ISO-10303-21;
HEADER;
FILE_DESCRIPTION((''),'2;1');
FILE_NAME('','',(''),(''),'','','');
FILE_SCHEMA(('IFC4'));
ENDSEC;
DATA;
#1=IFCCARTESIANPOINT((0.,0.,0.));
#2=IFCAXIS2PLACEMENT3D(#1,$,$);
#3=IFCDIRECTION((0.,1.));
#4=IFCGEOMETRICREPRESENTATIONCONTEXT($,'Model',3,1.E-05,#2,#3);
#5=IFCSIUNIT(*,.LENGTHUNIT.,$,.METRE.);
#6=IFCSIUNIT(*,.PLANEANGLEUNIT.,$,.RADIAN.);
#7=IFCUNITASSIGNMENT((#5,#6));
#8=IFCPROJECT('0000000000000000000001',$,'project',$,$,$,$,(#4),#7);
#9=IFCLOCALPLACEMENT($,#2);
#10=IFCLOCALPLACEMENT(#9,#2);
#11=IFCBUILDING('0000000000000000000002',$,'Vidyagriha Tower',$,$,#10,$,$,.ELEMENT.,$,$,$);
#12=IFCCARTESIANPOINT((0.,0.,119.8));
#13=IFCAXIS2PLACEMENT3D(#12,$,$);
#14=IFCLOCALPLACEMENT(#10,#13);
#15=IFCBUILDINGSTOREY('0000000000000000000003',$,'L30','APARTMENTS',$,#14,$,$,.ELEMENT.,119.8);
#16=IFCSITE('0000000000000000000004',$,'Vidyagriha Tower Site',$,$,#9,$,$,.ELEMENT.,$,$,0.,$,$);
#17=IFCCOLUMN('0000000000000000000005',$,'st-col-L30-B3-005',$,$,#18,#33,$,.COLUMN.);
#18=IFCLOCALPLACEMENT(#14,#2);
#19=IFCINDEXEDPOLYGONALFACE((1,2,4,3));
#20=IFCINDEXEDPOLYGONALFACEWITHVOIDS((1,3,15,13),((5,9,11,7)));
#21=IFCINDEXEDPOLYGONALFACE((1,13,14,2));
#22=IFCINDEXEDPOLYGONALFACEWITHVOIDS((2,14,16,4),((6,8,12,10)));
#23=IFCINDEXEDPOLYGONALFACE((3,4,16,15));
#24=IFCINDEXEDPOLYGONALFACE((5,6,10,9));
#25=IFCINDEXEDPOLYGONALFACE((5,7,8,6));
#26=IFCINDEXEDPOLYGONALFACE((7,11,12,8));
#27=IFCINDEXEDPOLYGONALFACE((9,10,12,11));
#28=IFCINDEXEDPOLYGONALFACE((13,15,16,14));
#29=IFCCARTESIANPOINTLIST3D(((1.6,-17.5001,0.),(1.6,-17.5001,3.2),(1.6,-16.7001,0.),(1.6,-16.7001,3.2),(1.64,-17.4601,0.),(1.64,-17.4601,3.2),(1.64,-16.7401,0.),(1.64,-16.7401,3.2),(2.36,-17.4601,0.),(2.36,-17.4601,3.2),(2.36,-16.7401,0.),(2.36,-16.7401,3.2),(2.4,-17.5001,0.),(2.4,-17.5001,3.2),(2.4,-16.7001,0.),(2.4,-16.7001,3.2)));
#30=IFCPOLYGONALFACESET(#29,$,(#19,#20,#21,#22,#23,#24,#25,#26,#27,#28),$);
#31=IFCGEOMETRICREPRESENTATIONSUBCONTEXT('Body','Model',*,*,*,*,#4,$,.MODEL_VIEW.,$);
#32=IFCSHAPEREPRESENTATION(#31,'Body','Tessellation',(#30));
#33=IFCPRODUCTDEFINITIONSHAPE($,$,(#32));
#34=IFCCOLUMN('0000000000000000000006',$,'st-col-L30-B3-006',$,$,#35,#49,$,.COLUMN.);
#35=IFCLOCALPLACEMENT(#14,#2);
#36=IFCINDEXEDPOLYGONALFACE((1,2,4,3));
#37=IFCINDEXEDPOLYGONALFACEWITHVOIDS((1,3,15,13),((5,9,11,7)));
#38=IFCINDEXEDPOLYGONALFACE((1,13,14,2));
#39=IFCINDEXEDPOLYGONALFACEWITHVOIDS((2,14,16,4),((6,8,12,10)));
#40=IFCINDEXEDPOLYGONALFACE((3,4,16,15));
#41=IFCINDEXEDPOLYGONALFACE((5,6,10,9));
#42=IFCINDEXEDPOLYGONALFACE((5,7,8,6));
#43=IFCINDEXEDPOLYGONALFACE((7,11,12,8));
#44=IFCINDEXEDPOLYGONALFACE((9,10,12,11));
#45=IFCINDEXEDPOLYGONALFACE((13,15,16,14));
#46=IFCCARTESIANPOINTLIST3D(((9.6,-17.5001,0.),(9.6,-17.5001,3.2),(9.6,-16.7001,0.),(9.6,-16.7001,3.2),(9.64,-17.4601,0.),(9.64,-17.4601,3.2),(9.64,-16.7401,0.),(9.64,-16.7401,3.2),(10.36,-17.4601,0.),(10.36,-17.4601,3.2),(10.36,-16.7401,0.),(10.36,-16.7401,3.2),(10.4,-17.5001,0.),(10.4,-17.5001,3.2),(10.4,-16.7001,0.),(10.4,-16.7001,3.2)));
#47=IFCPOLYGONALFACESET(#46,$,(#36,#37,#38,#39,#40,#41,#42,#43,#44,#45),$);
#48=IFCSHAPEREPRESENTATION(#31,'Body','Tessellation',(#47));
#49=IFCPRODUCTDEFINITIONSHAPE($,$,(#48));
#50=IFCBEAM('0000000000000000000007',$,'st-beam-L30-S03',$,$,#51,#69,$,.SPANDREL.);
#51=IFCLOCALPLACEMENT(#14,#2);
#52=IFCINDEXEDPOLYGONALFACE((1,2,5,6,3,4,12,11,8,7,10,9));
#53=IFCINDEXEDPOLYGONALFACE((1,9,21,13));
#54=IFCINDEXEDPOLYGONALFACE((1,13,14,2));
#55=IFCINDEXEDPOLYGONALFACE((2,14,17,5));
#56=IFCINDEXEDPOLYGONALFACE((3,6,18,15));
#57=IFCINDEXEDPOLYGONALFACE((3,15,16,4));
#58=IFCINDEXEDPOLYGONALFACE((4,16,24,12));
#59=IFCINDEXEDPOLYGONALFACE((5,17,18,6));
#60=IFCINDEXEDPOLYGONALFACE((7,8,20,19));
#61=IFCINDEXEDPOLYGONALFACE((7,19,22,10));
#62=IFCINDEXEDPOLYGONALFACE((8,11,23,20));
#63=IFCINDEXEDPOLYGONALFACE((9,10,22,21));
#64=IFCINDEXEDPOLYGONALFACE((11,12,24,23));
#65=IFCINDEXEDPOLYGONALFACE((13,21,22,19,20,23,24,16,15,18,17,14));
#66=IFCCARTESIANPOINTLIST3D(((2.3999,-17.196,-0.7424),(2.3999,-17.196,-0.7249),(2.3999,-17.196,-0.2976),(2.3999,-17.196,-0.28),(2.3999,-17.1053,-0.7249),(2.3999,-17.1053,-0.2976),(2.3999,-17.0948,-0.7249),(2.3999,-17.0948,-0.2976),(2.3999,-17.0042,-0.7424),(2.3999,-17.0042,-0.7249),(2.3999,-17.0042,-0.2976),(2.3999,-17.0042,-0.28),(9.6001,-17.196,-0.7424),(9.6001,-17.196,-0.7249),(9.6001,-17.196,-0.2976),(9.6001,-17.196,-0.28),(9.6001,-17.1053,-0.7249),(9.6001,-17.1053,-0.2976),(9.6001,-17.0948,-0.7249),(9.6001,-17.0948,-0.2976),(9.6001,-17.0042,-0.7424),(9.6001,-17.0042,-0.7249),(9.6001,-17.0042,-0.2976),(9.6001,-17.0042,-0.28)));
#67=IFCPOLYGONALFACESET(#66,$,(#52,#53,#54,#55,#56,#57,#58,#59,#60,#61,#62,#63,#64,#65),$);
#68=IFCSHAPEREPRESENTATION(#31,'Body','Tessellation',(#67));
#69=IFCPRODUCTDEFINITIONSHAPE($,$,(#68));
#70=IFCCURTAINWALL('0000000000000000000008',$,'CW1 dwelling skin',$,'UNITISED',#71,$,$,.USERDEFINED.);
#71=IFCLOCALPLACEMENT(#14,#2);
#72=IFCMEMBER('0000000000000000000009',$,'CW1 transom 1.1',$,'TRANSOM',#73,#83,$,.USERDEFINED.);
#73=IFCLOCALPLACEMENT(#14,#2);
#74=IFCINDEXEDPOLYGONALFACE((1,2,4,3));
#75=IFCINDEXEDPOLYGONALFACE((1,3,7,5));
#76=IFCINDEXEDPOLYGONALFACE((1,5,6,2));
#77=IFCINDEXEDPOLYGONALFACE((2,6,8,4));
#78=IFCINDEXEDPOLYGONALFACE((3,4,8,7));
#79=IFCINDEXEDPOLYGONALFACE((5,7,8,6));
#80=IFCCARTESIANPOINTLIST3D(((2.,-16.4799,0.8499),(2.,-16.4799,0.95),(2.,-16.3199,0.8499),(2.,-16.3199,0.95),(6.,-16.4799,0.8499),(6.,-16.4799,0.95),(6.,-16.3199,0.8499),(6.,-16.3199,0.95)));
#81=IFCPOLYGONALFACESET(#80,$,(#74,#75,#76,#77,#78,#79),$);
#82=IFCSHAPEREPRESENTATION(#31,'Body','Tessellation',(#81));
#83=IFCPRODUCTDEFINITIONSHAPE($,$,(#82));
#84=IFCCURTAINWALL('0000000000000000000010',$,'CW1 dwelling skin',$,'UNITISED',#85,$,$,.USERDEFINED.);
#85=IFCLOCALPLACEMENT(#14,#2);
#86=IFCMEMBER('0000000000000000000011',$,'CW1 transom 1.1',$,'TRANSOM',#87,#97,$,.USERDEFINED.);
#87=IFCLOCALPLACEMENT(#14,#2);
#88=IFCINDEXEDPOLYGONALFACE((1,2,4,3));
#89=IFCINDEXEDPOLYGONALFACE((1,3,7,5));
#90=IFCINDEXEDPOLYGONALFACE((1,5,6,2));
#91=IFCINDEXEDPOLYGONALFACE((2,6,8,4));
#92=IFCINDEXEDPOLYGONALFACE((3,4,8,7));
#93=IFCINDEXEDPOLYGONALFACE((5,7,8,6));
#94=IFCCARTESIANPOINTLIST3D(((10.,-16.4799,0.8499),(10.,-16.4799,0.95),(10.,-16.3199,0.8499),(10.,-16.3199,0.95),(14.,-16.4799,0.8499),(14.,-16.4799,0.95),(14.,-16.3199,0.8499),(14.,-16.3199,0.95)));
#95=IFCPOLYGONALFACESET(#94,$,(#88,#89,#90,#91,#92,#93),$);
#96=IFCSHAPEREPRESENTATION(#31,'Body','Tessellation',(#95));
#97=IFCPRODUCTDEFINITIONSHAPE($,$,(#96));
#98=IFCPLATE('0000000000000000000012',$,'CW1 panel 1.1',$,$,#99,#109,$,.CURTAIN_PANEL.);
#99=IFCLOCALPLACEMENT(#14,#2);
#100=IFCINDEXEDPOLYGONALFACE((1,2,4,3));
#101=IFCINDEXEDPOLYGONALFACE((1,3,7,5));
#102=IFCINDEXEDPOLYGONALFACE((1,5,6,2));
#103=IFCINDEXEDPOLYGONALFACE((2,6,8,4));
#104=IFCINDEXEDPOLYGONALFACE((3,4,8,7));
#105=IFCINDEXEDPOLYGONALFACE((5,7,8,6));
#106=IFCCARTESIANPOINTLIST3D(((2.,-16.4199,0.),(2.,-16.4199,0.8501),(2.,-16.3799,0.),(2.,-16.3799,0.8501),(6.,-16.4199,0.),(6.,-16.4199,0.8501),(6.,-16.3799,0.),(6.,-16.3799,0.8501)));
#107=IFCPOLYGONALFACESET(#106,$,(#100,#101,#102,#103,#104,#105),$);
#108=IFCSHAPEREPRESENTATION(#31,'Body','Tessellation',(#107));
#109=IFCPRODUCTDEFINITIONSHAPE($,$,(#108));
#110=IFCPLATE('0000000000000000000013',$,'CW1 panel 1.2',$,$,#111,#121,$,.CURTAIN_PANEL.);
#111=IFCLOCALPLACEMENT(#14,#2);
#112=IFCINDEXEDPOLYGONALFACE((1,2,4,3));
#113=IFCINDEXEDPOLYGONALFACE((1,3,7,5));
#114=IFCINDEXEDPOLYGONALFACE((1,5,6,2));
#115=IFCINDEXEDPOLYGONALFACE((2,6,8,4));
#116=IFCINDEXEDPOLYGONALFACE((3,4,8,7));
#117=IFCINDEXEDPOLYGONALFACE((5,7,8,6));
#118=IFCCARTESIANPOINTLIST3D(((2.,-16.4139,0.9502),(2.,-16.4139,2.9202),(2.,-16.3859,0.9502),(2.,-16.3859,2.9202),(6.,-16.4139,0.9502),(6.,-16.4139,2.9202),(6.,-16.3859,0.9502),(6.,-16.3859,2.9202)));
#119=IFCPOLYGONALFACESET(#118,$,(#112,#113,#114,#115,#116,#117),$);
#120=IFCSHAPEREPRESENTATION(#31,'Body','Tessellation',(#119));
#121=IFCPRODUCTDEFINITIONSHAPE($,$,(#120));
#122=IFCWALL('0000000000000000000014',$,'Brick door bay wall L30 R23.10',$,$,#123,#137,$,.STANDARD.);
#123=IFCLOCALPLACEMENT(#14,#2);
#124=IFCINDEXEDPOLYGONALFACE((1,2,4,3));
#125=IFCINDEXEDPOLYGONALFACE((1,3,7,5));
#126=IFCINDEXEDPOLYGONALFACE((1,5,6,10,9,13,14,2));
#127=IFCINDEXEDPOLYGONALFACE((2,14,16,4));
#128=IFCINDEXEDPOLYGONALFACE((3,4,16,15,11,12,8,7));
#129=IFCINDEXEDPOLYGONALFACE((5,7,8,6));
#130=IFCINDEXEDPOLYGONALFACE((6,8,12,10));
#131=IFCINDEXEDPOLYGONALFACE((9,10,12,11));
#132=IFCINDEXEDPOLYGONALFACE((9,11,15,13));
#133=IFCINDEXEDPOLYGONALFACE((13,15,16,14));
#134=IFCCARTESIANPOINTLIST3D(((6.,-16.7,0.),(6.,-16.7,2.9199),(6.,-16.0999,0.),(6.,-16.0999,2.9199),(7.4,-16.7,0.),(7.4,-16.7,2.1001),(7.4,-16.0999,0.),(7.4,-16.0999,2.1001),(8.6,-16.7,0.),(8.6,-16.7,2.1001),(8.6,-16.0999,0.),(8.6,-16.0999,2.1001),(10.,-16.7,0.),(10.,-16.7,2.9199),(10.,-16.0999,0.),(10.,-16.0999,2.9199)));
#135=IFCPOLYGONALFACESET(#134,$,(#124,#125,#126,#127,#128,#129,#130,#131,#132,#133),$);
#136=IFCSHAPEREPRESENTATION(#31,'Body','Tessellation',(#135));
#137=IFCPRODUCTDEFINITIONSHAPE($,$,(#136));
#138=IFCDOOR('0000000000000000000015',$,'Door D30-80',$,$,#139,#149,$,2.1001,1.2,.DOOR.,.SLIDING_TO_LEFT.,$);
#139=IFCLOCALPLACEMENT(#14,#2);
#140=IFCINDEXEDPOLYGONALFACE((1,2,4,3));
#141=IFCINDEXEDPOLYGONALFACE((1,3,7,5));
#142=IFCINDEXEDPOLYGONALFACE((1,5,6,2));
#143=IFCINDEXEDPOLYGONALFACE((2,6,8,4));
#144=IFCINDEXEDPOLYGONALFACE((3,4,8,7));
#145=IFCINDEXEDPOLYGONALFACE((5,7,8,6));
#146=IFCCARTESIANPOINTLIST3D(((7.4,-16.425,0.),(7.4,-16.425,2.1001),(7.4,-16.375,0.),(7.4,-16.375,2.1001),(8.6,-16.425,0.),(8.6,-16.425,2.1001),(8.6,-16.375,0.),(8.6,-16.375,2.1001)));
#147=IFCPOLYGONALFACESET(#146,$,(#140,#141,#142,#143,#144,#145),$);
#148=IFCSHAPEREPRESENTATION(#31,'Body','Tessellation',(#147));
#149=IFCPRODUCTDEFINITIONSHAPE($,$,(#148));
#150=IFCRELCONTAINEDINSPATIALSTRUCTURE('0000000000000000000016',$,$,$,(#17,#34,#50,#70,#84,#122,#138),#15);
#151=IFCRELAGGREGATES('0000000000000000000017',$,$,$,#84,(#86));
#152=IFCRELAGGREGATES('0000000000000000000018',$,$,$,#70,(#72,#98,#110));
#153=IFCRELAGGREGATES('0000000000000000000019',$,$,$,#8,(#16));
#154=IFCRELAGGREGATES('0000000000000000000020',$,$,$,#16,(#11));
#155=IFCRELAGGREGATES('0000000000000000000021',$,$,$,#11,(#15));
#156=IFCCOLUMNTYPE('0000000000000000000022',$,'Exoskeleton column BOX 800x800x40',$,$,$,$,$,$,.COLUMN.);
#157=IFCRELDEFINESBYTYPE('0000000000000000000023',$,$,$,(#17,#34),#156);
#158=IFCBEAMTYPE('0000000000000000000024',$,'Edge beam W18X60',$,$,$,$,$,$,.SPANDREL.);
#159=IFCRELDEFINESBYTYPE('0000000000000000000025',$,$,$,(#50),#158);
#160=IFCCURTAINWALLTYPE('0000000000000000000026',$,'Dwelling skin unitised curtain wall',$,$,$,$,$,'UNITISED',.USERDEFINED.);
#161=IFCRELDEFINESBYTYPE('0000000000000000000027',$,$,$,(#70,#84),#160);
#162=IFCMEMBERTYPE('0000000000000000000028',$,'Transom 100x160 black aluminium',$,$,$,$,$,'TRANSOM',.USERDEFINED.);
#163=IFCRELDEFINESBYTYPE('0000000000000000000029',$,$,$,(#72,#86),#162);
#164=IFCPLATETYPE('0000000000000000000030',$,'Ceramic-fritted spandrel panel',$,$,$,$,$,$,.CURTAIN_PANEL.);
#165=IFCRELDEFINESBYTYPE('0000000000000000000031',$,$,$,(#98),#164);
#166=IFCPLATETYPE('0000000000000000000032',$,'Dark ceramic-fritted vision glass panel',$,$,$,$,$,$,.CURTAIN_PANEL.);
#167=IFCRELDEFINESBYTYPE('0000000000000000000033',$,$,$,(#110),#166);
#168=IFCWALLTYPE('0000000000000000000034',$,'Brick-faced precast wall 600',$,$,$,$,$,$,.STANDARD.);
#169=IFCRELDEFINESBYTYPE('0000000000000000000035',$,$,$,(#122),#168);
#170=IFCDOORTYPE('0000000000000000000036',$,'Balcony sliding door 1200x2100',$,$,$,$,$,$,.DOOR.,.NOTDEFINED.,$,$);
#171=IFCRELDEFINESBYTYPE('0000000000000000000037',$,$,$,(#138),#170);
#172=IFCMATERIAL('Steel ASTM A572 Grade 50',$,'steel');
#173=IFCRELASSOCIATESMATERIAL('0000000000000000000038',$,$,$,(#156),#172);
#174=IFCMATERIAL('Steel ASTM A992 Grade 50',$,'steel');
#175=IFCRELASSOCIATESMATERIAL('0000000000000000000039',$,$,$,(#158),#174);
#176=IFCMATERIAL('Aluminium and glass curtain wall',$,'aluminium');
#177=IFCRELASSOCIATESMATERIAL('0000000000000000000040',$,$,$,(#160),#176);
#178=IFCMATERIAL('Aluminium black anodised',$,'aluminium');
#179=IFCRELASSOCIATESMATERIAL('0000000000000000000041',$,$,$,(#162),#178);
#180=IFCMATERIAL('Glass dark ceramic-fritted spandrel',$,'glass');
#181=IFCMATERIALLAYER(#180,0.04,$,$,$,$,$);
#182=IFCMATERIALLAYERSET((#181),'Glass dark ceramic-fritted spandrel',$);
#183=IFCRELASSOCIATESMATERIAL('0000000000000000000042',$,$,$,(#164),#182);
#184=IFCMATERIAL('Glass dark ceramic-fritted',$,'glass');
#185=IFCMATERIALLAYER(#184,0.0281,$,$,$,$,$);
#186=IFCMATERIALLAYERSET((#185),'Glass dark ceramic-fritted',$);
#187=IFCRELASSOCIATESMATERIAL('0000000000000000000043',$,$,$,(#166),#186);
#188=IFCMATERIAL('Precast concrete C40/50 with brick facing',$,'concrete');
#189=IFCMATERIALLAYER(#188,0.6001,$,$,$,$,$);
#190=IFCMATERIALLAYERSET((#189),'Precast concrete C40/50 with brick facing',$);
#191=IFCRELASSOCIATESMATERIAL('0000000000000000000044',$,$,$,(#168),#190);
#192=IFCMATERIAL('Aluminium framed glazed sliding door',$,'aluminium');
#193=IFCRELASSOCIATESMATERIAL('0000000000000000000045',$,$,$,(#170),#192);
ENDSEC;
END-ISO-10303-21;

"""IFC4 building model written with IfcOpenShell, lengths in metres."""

from ifc_helpers import new_model, si_unit, direction, frame, frame_2d, origin, origin_2d, place, context, subcontext, project, spatial, rectangle, hollow_rectangle, i_section, extrude, material, layer, layer_set, material_profile, profile_set, type_object, element, fill, aggregate, save


model = new_model("IFC4")

# Units and contexts
model_context = context("Model", 3, precision=1e-05, world=origin(), true_north=direction((0.0, 1.0)))
body_context = subcontext(model_context, "Body", "Model", "MODEL_VIEW")
ifc_project = project(units=[si_unit("LENGTHUNIT", "METRE"), si_unit("PLANEANGLEUNIT", "RADIAN")], contexts=[model_context])

# Site, building, storey
site_placement = place(None, origin())
site = spatial("IfcSite", under=ifc_project, at=site_placement, Name="Vidyagriha Tower Site", CompositionType="ELEMENT", RefElevation=0.0)
building_placement = place(site_placement, origin())
building = spatial("IfcBuilding", under=site, at=building_placement, Name="Vidyagriha Tower", CompositionType="ELEMENT")
storey_placement = place(building_placement, frame((0.0, 0.0, 119.8)))
storey = spatial("IfcBuildingStorey", under=building, at=storey_placement, Name="L30", Description="APARTMENTS", CompositionType="ELEMENT", Elevation=119.8)

# Columns
ifc_material_1 = material(Name="Steel ASTM A572 Grade 50", Category="steel")
ifc_material_profile_1 = material_profile(ifc_material_1, hollow_rectangle(XDim=0.8, YDim=0.8, WallThickness=0.04, at=origin_2d()), Name="BOX 800x800x40")
ifc_profile_set_1 = profile_set([ifc_material_profile_1], Name="Steel ASTM A572 Grade 50")
column_type = type_object("IfcColumnType", Name="Exoskeleton column BOX 800x800x40", PredefinedType="COLUMN", material=ifc_profile_set_1)
for number, where, name in (
    (1, (2.0, -17.1001, 0.0), "st-col-L30-B3-005"),
    (2, (10.0, -17.1001, 0.0), "st-col-L30-B3-006"),
):
    element("IfcColumn", number, at=place(storey_placement, frame(where)), inside=storey, type_object=column_type, Name=name, PredefinedType="COLUMN", context=body_context, shape_type="SweptSolid", body=[
        extrude(hollow_rectangle(XDim=0.8, YDim=0.8, WallThickness=0.04, at=origin_2d()), origin(), (0.0, 0.0, 1.0), 3.2),
    ])

# Beam
ifc_material_2 = material(Name="Steel ASTM A992 Grade 50", Category="steel")
ifc_material_profile_2 = material_profile(ifc_material_2, i_section(OverallWidth=0.1919, OverallDepth=0.4624, WebThickness=0.0105, FlangeThickness=0.0176, at=origin_2d()), Name="W18X60")
ifc_profile_set_2 = profile_set([ifc_material_profile_2], Name="Steel ASTM A992 Grade 50")
beam_type = type_object("IfcBeamType", Name="Edge beam W18X60", PredefinedType="SPANDREL", material=ifc_profile_set_2)
beam_placement = place(storey_placement, frame((2.3999, -17.1001, -0.5112), z_axis=(1.0, 0.0, 0.0), x_axis=(0.0, 1.0, 0.0)))
element("IfcBeam", 3, at=beam_placement, inside=storey, type_object=beam_type, Name="st-beam-L30-S03", PredefinedType="SPANDREL", context=body_context, shape_type="SweptSolid", body=[
    extrude(i_section(OverallWidth=0.1919, OverallDepth=0.4624, WebThickness=0.0105, FlangeThickness=0.0176, at=origin_2d()), origin(), (0.0, 0.0, 1.0), 7.2002),
])

# Curtain walls, members
ifc_material_3 = material(Name="Aluminium and glass curtain wall", Category="aluminium")
curtain_wall_type = type_object("IfcCurtainWallType", Name="Dwelling skin unitised curtain wall", ElementType="UNITISED", PredefinedType="USERDEFINED", material=ifc_material_3)
curtain_wall_1_placement = place(storey_placement, origin())
curtain_wall_1 = element("IfcCurtainWall", 4, at=curtain_wall_1_placement, inside=storey, type_object=curtain_wall_type, Name="CW1 dwelling skin", ObjectType="UNITISED", PredefinedType="USERDEFINED")
ifc_material_4 = material(Name="Aluminium black anodised", Category="aluminium")
ifc_material_profile_3 = material_profile(ifc_material_4, rectangle(XDim=0.1599, YDim=0.1001, at=origin_2d()), Name="Transom 100x160 black aluminium")
ifc_profile_set_3 = profile_set([ifc_material_profile_3], Name="Aluminium black anodised")
member_type = type_object("IfcMemberType", Name="Transom 100x160 black aluminium", ElementType="TRANSOM", PredefinedType="USERDEFINED", material=ifc_profile_set_3)
member_1_placement = place(storey_placement, frame((2.0, -16.3999, 0.8999), z_axis=(1.0, 0.0, 0.0), x_axis=(0.0, 1.0, 0.0)))
member_1 = element("IfcMember", 5, at=member_1_placement, type_object=member_type, Name="CW1 transom 1.1", ObjectType="TRANSOM", PredefinedType="USERDEFINED", context=body_context, shape_type="SweptSolid", body=[
    extrude(rectangle(XDim=0.1599, YDim=0.1001, at=origin_2d()), origin(), (0.0, 0.0, 1.0), 4.0),
])
curtain_wall_2_placement = place(storey_placement, origin())
curtain_wall_2 = element("IfcCurtainWall", 6, at=curtain_wall_2_placement, inside=storey, type_object=curtain_wall_type, Name="CW1 dwelling skin", ObjectType="UNITISED", PredefinedType="USERDEFINED")
member_2_placement = place(storey_placement, frame((10.0, -16.3999, 0.8999), z_axis=(1.0, 0.0, 0.0), x_axis=(0.0, 1.0, 0.0)))
member_2 = element("IfcMember", 7, at=member_2_placement, type_object=member_type, Name="CW1 transom 1.1", ObjectType="TRANSOM", PredefinedType="USERDEFINED", context=body_context, shape_type="SweptSolid", body=[
    extrude(rectangle(XDim=0.1599, YDim=0.1001, at=origin_2d()), origin(), (0.0, 0.0, 1.0), 4.0),
])
aggregate(curtain_wall_2, [member_2])

# Plates
ifc_material_5 = material(Name="Glass dark ceramic-fritted spandrel", Category="glass")
ifc_layer_1 = layer(ifc_material_5, 0.04)
ifc_layer_set_1 = layer_set([ifc_layer_1], Name="Glass dark ceramic-fritted spandrel")
plate_type_1 = type_object("IfcPlateType", Name="Ceramic-fritted spandrel panel", PredefinedType="CURTAIN_PANEL", material=ifc_layer_set_1)
plate_1_placement = place(storey_placement, frame((4.0, -16.3999, 0.0)))
plate_1 = element("IfcPlate", 8, at=plate_1_placement, type_object=plate_type_1, Name="CW1 panel 1.1", PredefinedType="CURTAIN_PANEL", context=body_context, shape_type="SweptSolid", body=[
    extrude(rectangle(XDim=4.0, YDim=0.04, at=origin_2d()), origin(), (0.0, 0.0, 1.0), 0.8501),
])
ifc_material_6 = material(Name="Glass dark ceramic-fritted", Category="glass")
ifc_layer_2 = layer(ifc_material_6, 0.0281)
ifc_layer_set_2 = layer_set([ifc_layer_2], Name="Glass dark ceramic-fritted")
plate_type_2 = type_object("IfcPlateType", Name="Dark ceramic-fritted vision glass panel", PredefinedType="CURTAIN_PANEL", material=ifc_layer_set_2)
plate_2_placement = place(storey_placement, frame((4.0, -16.3999, 0.9502)))
plate_2 = element("IfcPlate", 9, at=plate_2_placement, type_object=plate_type_2, Name="CW1 panel 1.2", PredefinedType="CURTAIN_PANEL", context=body_context, shape_type="SweptSolid", body=[
    extrude(rectangle(XDim=4.0, YDim=0.0281, at=origin_2d()), origin(), (0.0, 0.0, 1.0), 1.97),
])
aggregate(curtain_wall_1, [member_1, plate_1, plate_2])

# Wall, opening, door
ifc_material_7 = material(Name="Precast concrete C40/50 with brick facing", Category="concrete")
ifc_layer_3 = layer(ifc_material_7, 0.6001)
ifc_layer_set_3 = layer_set([ifc_layer_3], Name="Precast concrete C40/50 with brick facing")
wall_type = type_object("IfcWallType", Name="Brick-faced precast wall 600", PredefinedType="STANDARD", material=ifc_layer_set_3)
wall_placement = place(storey_placement, frame((6.0, -16.3999, 0.0)))
wall = element("IfcWall", 10, at=wall_placement, inside=storey, type_object=wall_type, Name="Brick door bay wall L30 R23.10", PredefinedType="STANDARD", context=body_context, shape_type="SweptSolid", body=[
    extrude(rectangle(XDim=4.0, YDim=0.6001, at=frame_2d((2.0, 0.0))), origin(), (0.0, 0.0, 1.0), 2.9199),
])
opening_placement = place(wall_placement, frame((1.3999, 0.0, 0.0)))
opening = element("IfcOpeningElement", 11, at=opening_placement, cuts=wall, PredefinedType="OPENING", context=body_context, shape_type="SweptSolid", body=[
    extrude(rectangle(XDim=1.2, YDim=2.1001, at=frame_2d((0.6001, 1.05))), frame((0.0, 0.3101, 0.0), z_axis=(0.0, -1.0, 0.0), x_axis=(1.0, 0.0, 0.0)), (0.0, 0.0, 1.0), 0.6201),
])
ifc_material_8 = material(Name="Aluminium framed glazed sliding door", Category="aluminium")
door_type = type_object("IfcDoorType", Name="Balcony sliding door 1200x2100", OperationType="NOTDEFINED", PredefinedType="DOOR", material=ifc_material_8)
door_placement = place(opening_placement, origin())
door = element("IfcDoor", 12, at=door_placement, inside=storey, type_object=door_type, Name="Door D30-80", OperationType="SLIDING_TO_LEFT", OverallHeight=2.1001, OverallWidth=1.2, PredefinedType="DOOR", context=body_context, shape_type="SweptSolid", body=[
    extrude(rectangle(XDim=1.2, YDim=2.1001, at=frame_2d((0.6001, 1.05))), frame((0.0, 0.0249, 0.0), z_axis=(0.0, -1.0, 0.0), x_axis=(1.0, 0.0, 0.0)), (0.0, 0.0, 1.0), 0.05),
])
fill(opening, door)

save(model, "model.ifc")
